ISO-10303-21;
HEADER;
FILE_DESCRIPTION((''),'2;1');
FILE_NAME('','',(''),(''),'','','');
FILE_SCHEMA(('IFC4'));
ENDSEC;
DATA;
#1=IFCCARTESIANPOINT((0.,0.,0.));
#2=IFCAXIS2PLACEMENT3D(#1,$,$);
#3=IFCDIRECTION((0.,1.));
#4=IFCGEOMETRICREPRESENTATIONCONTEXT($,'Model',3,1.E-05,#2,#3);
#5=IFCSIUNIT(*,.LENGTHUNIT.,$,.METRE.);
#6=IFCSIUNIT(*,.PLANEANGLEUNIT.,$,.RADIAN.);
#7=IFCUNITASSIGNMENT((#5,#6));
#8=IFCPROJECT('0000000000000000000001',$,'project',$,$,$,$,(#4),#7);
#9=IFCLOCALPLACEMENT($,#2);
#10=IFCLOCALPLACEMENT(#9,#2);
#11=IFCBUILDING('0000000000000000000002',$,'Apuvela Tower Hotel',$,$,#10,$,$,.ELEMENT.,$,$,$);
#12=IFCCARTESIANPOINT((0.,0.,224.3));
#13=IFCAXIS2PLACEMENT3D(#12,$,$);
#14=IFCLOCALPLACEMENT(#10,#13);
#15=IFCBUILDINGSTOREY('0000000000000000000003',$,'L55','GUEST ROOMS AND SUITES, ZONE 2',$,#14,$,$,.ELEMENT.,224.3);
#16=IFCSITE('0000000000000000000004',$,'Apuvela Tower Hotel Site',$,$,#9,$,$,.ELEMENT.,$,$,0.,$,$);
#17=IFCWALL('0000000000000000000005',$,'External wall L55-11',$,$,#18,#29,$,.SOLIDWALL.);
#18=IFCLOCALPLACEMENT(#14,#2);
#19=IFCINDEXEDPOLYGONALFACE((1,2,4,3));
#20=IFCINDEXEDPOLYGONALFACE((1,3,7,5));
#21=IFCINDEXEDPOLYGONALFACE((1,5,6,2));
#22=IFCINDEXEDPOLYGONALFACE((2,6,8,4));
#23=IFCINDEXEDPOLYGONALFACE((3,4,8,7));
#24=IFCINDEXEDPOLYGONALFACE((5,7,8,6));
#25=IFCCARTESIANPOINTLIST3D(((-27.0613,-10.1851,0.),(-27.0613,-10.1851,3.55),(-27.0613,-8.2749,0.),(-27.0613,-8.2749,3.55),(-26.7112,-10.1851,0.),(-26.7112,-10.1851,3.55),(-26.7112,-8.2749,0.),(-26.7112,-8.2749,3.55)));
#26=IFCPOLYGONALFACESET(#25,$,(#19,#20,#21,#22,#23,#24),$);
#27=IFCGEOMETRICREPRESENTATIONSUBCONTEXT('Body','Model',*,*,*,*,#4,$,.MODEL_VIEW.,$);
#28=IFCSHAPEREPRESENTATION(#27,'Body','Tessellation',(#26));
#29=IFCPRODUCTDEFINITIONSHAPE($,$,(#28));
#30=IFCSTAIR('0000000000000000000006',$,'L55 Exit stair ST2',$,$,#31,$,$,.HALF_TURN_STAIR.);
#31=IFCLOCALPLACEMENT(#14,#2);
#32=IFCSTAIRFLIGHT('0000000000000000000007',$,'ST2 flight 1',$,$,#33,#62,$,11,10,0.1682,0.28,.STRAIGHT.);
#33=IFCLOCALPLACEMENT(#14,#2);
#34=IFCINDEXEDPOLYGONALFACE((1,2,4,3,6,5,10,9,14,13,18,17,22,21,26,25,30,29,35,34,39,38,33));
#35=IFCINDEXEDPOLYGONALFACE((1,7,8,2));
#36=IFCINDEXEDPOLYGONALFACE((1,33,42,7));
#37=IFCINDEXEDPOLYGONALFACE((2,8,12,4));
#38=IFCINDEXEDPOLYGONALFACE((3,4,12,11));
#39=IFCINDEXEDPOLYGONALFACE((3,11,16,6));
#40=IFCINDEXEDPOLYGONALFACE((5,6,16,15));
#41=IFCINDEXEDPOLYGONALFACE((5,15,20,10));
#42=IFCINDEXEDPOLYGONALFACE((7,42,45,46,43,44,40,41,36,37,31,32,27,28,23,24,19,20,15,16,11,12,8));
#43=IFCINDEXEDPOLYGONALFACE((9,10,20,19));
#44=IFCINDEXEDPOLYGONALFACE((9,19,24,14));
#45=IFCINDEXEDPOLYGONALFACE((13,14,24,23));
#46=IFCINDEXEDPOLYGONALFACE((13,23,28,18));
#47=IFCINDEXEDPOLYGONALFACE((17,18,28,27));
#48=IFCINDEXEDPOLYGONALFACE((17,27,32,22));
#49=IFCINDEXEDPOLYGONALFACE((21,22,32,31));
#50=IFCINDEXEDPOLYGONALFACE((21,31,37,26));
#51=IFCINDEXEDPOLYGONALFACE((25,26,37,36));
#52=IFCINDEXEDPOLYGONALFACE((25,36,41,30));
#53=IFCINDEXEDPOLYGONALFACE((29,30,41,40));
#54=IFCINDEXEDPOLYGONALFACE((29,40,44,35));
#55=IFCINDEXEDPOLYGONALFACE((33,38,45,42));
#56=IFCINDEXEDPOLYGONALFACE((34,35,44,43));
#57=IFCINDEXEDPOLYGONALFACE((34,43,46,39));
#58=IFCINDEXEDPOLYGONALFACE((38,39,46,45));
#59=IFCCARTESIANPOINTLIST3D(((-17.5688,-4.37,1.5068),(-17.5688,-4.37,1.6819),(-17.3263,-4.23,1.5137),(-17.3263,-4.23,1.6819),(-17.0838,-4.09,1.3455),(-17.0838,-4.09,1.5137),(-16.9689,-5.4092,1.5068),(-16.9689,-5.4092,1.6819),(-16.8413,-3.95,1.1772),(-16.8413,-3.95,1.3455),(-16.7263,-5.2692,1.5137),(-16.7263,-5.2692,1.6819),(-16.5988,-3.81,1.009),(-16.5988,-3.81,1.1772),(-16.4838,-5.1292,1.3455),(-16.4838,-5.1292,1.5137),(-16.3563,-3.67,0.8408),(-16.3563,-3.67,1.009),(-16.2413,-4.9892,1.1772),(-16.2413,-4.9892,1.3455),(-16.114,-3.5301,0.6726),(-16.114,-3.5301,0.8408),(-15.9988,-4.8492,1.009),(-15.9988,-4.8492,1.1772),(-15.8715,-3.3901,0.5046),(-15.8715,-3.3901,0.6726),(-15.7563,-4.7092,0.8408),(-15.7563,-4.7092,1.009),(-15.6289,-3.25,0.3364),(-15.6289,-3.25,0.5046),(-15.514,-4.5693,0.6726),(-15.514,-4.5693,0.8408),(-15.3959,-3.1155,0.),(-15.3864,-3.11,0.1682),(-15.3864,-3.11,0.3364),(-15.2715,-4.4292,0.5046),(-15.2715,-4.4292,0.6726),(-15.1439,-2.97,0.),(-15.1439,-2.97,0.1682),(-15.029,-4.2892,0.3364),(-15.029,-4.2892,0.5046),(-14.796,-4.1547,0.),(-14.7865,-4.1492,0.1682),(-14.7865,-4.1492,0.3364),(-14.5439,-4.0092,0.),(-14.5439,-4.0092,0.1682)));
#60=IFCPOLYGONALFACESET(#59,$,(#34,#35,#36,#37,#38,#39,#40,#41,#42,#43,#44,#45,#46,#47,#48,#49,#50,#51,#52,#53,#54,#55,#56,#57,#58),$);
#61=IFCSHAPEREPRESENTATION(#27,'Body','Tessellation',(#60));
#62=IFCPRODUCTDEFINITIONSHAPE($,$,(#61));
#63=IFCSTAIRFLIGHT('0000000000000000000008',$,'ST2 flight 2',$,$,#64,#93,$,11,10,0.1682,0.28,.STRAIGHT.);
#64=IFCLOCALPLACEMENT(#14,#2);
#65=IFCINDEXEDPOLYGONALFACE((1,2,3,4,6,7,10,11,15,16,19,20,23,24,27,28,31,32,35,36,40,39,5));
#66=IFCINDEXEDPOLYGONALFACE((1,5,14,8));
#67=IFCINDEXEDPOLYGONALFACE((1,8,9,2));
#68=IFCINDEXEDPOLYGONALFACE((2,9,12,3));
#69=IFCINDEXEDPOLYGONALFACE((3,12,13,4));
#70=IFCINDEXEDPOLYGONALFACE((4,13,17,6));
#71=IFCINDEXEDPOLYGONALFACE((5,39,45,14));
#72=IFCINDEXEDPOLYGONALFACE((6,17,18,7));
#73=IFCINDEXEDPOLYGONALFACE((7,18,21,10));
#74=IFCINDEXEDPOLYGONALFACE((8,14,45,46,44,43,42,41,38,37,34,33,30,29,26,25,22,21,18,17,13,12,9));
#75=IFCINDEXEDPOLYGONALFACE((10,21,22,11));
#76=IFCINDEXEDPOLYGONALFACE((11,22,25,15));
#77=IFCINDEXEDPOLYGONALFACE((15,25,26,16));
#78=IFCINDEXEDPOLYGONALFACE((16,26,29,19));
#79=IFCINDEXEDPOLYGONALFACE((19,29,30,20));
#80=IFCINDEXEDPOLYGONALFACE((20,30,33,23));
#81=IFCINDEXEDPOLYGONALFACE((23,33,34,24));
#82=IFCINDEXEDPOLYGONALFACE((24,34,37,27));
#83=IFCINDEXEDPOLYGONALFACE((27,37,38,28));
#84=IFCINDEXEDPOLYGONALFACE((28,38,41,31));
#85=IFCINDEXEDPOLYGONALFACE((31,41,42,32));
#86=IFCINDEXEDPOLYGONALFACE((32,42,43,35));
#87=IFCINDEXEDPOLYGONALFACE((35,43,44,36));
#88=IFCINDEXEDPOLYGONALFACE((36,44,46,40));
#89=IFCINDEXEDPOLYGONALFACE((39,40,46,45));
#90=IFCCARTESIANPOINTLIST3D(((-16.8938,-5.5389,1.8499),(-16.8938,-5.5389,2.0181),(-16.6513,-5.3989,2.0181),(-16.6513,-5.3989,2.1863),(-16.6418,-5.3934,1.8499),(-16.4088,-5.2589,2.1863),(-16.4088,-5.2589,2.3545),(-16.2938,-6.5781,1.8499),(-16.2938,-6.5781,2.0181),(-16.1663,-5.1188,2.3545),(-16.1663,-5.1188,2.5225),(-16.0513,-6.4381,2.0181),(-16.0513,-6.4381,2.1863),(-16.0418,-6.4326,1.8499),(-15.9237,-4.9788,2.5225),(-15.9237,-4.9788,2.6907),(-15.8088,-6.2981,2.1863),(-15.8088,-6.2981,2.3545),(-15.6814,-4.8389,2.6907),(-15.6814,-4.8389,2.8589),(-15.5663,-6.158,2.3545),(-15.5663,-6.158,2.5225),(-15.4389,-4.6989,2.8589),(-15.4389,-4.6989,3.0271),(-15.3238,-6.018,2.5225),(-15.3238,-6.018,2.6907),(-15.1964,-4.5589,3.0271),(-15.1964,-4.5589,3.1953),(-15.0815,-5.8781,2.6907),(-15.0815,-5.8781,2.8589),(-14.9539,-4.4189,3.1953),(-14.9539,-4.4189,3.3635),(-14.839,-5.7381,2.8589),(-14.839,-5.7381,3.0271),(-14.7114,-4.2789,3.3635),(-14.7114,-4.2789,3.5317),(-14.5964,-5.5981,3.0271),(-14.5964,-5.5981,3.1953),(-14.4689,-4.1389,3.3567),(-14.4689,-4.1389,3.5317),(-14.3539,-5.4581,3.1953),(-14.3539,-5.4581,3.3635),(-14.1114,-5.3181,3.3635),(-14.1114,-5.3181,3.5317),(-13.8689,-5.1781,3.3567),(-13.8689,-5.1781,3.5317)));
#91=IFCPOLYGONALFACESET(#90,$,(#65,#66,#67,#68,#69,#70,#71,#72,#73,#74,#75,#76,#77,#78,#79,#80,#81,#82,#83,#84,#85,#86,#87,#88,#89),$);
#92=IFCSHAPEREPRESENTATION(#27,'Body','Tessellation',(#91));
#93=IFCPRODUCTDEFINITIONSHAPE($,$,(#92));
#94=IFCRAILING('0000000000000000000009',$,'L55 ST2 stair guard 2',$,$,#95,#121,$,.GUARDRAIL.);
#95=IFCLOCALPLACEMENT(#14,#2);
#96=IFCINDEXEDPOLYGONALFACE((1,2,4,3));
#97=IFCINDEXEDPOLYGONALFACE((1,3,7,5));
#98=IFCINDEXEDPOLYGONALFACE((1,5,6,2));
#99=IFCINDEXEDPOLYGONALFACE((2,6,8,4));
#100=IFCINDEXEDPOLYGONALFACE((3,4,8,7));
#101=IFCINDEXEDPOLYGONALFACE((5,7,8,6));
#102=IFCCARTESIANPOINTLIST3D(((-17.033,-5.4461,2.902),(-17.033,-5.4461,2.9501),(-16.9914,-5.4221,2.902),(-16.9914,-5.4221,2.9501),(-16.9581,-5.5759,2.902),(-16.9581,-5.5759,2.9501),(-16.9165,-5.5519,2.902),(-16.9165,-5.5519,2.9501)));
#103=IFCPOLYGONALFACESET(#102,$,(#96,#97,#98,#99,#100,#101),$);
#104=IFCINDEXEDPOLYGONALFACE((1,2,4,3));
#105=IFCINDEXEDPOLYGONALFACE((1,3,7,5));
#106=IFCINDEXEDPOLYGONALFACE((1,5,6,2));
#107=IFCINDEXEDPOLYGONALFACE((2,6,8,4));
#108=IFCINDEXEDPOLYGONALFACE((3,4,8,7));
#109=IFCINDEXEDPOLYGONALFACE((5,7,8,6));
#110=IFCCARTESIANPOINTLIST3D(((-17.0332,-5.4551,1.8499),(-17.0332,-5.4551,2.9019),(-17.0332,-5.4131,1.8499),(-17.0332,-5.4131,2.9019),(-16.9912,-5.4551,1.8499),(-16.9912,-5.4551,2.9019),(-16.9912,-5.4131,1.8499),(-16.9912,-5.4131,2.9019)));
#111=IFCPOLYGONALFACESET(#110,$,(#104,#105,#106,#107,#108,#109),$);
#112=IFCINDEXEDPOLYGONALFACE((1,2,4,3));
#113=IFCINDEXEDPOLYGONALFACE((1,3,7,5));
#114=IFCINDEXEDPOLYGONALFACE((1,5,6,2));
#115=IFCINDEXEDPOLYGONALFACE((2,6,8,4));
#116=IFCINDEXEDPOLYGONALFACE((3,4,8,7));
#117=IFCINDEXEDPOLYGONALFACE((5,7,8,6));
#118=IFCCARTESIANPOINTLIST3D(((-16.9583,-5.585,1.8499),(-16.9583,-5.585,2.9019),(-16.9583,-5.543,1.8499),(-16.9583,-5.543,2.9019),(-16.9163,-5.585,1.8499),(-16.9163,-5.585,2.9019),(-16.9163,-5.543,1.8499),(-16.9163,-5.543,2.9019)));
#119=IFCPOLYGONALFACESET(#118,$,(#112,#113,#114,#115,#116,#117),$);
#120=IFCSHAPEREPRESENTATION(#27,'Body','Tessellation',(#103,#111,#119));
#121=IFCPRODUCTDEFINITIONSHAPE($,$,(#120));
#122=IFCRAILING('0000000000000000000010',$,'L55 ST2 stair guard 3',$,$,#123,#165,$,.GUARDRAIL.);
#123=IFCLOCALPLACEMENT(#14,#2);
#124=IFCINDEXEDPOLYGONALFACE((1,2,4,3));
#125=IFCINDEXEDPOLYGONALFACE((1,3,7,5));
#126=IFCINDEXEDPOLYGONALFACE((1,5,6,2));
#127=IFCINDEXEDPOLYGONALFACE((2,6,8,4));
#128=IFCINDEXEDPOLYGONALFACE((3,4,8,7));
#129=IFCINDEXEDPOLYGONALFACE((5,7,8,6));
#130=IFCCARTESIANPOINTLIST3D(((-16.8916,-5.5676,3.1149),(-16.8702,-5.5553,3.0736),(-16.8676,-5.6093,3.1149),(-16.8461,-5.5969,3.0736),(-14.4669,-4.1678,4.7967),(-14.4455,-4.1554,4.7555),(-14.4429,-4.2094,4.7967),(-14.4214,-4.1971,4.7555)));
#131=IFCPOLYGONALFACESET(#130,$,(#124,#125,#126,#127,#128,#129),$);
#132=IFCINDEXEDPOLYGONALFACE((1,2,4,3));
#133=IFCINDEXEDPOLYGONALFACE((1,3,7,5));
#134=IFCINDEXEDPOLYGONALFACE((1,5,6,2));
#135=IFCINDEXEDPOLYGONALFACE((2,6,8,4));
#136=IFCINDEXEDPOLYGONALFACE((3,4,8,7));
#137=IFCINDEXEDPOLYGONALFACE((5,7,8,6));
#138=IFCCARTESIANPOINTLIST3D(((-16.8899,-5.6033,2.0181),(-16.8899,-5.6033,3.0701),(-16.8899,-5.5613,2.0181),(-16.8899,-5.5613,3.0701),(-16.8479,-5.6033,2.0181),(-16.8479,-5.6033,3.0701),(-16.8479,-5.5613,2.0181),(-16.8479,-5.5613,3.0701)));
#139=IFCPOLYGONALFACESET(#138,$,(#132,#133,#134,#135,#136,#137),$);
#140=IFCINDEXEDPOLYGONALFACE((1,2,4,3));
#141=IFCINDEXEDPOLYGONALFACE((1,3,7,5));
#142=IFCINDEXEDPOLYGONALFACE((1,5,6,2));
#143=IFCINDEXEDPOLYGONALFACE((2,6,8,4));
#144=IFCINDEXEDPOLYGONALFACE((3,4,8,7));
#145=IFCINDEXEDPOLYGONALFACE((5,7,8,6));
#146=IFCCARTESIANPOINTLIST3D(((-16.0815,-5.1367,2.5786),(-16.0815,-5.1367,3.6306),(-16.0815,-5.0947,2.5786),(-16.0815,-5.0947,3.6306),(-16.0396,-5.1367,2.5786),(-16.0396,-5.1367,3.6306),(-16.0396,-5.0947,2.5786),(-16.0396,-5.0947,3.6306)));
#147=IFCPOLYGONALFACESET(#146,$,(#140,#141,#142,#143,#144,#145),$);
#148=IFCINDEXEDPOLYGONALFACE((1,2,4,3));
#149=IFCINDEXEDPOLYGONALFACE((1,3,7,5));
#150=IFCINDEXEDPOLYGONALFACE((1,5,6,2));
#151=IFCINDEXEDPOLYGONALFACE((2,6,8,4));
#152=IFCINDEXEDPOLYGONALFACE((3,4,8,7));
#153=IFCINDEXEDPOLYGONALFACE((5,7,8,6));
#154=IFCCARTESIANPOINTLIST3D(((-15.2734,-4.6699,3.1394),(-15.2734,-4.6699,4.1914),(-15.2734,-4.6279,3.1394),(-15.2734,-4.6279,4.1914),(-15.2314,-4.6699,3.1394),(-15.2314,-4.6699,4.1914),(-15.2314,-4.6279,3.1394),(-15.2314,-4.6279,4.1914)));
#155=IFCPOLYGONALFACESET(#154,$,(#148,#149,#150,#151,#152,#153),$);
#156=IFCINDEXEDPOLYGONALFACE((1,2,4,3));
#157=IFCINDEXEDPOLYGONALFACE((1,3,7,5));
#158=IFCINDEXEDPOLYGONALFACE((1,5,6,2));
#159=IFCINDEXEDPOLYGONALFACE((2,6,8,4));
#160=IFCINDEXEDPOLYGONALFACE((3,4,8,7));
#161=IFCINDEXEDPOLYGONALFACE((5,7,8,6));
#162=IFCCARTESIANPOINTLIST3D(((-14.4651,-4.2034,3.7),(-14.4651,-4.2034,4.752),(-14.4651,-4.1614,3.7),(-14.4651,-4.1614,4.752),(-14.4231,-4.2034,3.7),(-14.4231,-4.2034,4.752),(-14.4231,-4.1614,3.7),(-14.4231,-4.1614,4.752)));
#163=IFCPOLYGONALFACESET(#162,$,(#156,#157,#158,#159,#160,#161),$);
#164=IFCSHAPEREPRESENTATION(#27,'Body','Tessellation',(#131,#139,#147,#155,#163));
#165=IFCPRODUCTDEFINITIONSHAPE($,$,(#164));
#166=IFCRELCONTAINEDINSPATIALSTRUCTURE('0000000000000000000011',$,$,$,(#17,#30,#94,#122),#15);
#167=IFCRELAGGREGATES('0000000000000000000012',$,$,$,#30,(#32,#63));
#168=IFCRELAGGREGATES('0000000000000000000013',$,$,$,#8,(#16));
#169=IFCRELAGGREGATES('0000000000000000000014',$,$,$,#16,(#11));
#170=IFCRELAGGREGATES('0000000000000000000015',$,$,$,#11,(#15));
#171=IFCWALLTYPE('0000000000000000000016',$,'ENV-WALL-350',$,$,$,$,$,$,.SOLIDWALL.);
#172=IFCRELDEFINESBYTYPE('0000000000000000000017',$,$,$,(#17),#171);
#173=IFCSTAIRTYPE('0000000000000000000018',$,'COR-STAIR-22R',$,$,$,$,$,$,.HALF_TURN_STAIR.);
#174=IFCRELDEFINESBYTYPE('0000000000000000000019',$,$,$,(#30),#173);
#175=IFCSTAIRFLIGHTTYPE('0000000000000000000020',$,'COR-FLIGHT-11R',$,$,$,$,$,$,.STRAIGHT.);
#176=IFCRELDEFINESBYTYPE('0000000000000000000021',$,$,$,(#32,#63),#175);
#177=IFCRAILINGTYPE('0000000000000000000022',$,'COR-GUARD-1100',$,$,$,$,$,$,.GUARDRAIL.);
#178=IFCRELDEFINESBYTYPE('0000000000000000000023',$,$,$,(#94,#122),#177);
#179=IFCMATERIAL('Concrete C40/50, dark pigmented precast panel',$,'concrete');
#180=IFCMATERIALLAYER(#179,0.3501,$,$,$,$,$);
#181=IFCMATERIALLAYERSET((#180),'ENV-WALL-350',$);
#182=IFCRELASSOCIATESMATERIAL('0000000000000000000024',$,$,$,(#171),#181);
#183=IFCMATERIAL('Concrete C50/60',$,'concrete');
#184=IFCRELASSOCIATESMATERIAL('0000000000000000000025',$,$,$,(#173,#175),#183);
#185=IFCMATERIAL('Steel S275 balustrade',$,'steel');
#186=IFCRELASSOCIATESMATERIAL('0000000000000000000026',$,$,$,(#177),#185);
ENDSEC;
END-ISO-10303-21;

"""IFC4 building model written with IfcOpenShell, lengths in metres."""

from ifc_helpers import new_model, si_unit, direction, frame, frame_2d, origin, origin_2d, place, context, subcontext, project, spatial, polyline, rectangle, outline, extrude, material, layer, layer_set, type_object, element, aggregate, save


model = new_model("IFC4")

# Units and contexts
model_context = context("Model", 3, precision=1e-05, world=origin(), true_north=direction((0.0, 1.0)))
body_context = subcontext(model_context, "Body", "Model", "MODEL_VIEW")
ifc_project = project(units=[si_unit("LENGTHUNIT", "METRE"), si_unit("PLANEANGLEUNIT", "RADIAN")], contexts=[model_context])

# Site, building, storey
site_placement = place(None, origin())
site = spatial("IfcSite", under=ifc_project, at=site_placement, Name="Apuvela Tower Hotel Site", CompositionType="ELEMENT", RefElevation=0.0)
building_placement = place(site_placement, origin())
building = spatial("IfcBuilding", under=site, at=building_placement, Name="Apuvela Tower Hotel", CompositionType="ELEMENT")
storey_placement = place(building_placement, frame((0.0, 0.0, 224.3)))
storey = spatial("IfcBuildingStorey", under=building, at=storey_placement, Name="L55", Description="GUEST ROOMS AND SUITES, ZONE 2", CompositionType="ELEMENT", Elevation=224.3)

# Shared definitions
ifc_material_1 = material(Name="Concrete C50/60", Category="concrete")

# Shared definitions
ifc_material_2 = material(Name="Concrete C40/50, dark pigmented precast panel", Category="concrete")
ifc_layer_1 = layer(ifc_material_2, 0.3501)
ifc_layer_set_1 = layer_set([ifc_layer_1], Name="ENV-WALL-350")
wall_type_1 = type_object("IfcWallType", Name="ENV-WALL-350", PredefinedType="SOLIDWALL", material=ifc_layer_set_1)

# Wall
for number, where, z_axis, x_axis, name in (
    (1, (-26.8862, -8.2749, 0.0), (0.0, 0.0, 1.0), (0.0, -1.0, 0.0), "External wall L55-11"),
):
    element("IfcWall", number, at=place(storey_placement, frame(where, z_axis=z_axis, x_axis=x_axis)), inside=storey, type_object=wall_type_1, Name=name, PredefinedType="SOLIDWALL", context=body_context, shape_type="SweptSolid", body=[
        extrude(rectangle(XDim=1.9102, YDim=0.3501, at=frame_2d((0.9551, 0.0))), origin(), (0.0, 0.0, 1.0), 3.55),
    ])

# Stair, stair flights
stair_type = type_object("IfcStairType", Name="COR-STAIR-22R", PredefinedType="HALF_TURN_STAIR", material=ifc_material_1)
stair_placement = place(storey_placement, origin())
stair = element("IfcStair", 2, at=stair_placement, inside=storey, type_object=stair_type, Name="L55 Exit stair ST2", PredefinedType="HALF_TURN_STAIR")
stair_flight_type = type_object("IfcStairFlightType", Name="COR-FLIGHT-11R", PredefinedType="STRAIGHT", material=ifc_material_1)
stair_flight_1_placement = place(storey_placement, frame((-14.844, -3.4895, 0.0), z_axis=(0.0, 0.0, 1.0), x_axis=(-0.866025, -0.5, 0.0)))
stair_flight_1 = element("IfcStairFlight", 3, at=stair_flight_1_placement, type_object=stair_flight_type, Name="ST2 flight 1", NumberOfRisers=11, NumberOfTreads=10, PredefinedType="STRAIGHT", RiserHeight=0.1682, TreadLength=0.28, context=body_context, shape_type="SweptSolid", body=[
    extrude(outline(polyline([(0.0, 0.0), (0.0, 0.1682), (0.28, 0.1682), (0.28, 0.3364), (0.5601, 0.3364), (0.5601, 0.5046), (0.8401, 0.5046), (0.8401, 0.6726), (1.1201, 0.6726), (1.1201, 0.8408), (1.3999, 0.8408), (1.3999, 1.009), (1.6799, 1.009), (1.6799, 1.1772), (1.96, 1.1772), (1.96, 1.3455), (2.24, 1.3455), (2.24, 1.5137), (2.52, 1.5137), (2.52, 1.6819), (2.8, 1.6819), (2.8, 1.8501), (2.8, 1.5068), (0.291, 0.0), (0.0, 0.0)])), frame((0.0, 0.6001, 0.0), z_axis=(0.0, -1.0, 0.0), x_axis=(1.0, 0.0, 0.0)), (0.0, 0.0, 1.0), 1.2),
])
stair_flight_2_placement = place(storey_placement, frame((-16.5938, -6.0586, 1.8499), z_axis=(0.0, 0.0, 1.0), x_axis=(0.866025, 0.5, 0.0)))
stair_flight_2 = element("IfcStairFlight", 4, at=stair_flight_2_placement, type_object=stair_flight_type, Name="ST2 flight 2", NumberOfRisers=11, NumberOfTreads=10, PredefinedType="STRAIGHT", RiserHeight=0.1682, TreadLength=0.28, context=body_context, shape_type="SweptSolid", body=[
    extrude(outline(polyline([(0.0, 0.0), (0.0, 0.1682), (0.28, 0.1682), (0.28, 0.3364), (0.5601, 0.3364), (0.5601, 0.5046), (0.8401, 0.5046), (0.8401, 0.6726), (1.1201, 0.6726), (1.1201, 0.8408), (1.3999, 0.8408), (1.3999, 1.009), (1.6799, 1.009), (1.6799, 1.1772), (1.96, 1.1772), (1.96, 1.3455), (2.24, 1.3455), (2.24, 1.5137), (2.52, 1.5137), (2.52, 1.6819), (2.8, 1.6819), (2.8, 1.8501), (2.8, 1.5068), (0.291, 0.0), (0.0, 0.0)])), frame((0.0, 0.6001, 0.0), z_axis=(0.0, -1.0, 0.0), x_axis=(1.0, 0.0, 0.0)), (0.0, 0.0, 1.0), 1.2),
])
aggregate(stair, [stair_flight_1, stair_flight_2])

# Railings
ifc_material_3 = material(Name="Steel S275 balustrade", Category="steel")
railing_type_1 = type_object("IfcRailingType", Name="COR-GUARD-1100", PredefinedType="GUARDRAIL", material=ifc_material_3)
railing_1_placement = place(storey_placement, frame((-17.0122, -5.4341, 1.8499)))
element("IfcRailing", 5, at=railing_1_placement, inside=storey, type_object=railing_type_1, Name="L55 ST2 stair guard 2", PredefinedType="GUARDRAIL", context=body_context, shape_type="SweptSolid", body=[
    extrude(rectangle(XDim=0.0481, YDim=0.0481, at=origin_2d()), frame((0.0, 0.0, 1.0762), z_axis=(0.499816, -0.866131, 0.0), x_axis=(0.866131, 0.499816, 0.0)), (0.0, 0.0, 1.0), 0.1499),
    extrude(rectangle(XDim=0.042, YDim=0.042, at=origin_2d()), origin(), (0.0, 0.0, 1.0), 1.052),
    extrude(rectangle(XDim=0.042, YDim=0.042, at=origin_2d()), frame((0.075, -0.1299, 0.0)), (0.0, 0.0, 1.0), 1.052),
])
railing_2_placement = place(storey_placement, frame((-16.8689, -5.5823, 2.0181)))
element("IfcRailing", 6, at=railing_2_placement, inside=storey, type_object=railing_type_1, Name="L55 ST2 stair guard 3", PredefinedType="GUARDRAIL", context=body_context, shape_type="SweptSolid", body=[
    extrude(rectangle(XDim=0.0481, YDim=0.0481, at=origin_2d()), frame((0.0, 0.0, 1.0762), z_axis=(0.74239, 0.428601, 0.514934), x_axis=(-0.499984, 0.866035, 0.0)), (0.0, 0.0, 1.0), 3.2661),
    extrude(rectangle(XDim=0.042, YDim=0.042, at=origin_2d()), origin(), (0.0, 0.0, 1.0), 1.052),
    extrude(rectangle(XDim=0.042, YDim=0.042, at=origin_2d()), frame((0.8083, 0.4666, 0.5605)), (0.0, 0.0, 1.0), 1.052),
    extrude(rectangle(XDim=0.042, YDim=0.042, at=origin_2d()), frame((1.6165, 0.9333, 1.1213)), (0.0, 0.0, 1.0), 1.052),
    extrude(rectangle(XDim=0.042, YDim=0.042, at=origin_2d()), frame((2.4248, 1.3999, 1.6819)), (0.0, 0.0, 1.0), 1.052),
])

save(model, "model.ifc")
